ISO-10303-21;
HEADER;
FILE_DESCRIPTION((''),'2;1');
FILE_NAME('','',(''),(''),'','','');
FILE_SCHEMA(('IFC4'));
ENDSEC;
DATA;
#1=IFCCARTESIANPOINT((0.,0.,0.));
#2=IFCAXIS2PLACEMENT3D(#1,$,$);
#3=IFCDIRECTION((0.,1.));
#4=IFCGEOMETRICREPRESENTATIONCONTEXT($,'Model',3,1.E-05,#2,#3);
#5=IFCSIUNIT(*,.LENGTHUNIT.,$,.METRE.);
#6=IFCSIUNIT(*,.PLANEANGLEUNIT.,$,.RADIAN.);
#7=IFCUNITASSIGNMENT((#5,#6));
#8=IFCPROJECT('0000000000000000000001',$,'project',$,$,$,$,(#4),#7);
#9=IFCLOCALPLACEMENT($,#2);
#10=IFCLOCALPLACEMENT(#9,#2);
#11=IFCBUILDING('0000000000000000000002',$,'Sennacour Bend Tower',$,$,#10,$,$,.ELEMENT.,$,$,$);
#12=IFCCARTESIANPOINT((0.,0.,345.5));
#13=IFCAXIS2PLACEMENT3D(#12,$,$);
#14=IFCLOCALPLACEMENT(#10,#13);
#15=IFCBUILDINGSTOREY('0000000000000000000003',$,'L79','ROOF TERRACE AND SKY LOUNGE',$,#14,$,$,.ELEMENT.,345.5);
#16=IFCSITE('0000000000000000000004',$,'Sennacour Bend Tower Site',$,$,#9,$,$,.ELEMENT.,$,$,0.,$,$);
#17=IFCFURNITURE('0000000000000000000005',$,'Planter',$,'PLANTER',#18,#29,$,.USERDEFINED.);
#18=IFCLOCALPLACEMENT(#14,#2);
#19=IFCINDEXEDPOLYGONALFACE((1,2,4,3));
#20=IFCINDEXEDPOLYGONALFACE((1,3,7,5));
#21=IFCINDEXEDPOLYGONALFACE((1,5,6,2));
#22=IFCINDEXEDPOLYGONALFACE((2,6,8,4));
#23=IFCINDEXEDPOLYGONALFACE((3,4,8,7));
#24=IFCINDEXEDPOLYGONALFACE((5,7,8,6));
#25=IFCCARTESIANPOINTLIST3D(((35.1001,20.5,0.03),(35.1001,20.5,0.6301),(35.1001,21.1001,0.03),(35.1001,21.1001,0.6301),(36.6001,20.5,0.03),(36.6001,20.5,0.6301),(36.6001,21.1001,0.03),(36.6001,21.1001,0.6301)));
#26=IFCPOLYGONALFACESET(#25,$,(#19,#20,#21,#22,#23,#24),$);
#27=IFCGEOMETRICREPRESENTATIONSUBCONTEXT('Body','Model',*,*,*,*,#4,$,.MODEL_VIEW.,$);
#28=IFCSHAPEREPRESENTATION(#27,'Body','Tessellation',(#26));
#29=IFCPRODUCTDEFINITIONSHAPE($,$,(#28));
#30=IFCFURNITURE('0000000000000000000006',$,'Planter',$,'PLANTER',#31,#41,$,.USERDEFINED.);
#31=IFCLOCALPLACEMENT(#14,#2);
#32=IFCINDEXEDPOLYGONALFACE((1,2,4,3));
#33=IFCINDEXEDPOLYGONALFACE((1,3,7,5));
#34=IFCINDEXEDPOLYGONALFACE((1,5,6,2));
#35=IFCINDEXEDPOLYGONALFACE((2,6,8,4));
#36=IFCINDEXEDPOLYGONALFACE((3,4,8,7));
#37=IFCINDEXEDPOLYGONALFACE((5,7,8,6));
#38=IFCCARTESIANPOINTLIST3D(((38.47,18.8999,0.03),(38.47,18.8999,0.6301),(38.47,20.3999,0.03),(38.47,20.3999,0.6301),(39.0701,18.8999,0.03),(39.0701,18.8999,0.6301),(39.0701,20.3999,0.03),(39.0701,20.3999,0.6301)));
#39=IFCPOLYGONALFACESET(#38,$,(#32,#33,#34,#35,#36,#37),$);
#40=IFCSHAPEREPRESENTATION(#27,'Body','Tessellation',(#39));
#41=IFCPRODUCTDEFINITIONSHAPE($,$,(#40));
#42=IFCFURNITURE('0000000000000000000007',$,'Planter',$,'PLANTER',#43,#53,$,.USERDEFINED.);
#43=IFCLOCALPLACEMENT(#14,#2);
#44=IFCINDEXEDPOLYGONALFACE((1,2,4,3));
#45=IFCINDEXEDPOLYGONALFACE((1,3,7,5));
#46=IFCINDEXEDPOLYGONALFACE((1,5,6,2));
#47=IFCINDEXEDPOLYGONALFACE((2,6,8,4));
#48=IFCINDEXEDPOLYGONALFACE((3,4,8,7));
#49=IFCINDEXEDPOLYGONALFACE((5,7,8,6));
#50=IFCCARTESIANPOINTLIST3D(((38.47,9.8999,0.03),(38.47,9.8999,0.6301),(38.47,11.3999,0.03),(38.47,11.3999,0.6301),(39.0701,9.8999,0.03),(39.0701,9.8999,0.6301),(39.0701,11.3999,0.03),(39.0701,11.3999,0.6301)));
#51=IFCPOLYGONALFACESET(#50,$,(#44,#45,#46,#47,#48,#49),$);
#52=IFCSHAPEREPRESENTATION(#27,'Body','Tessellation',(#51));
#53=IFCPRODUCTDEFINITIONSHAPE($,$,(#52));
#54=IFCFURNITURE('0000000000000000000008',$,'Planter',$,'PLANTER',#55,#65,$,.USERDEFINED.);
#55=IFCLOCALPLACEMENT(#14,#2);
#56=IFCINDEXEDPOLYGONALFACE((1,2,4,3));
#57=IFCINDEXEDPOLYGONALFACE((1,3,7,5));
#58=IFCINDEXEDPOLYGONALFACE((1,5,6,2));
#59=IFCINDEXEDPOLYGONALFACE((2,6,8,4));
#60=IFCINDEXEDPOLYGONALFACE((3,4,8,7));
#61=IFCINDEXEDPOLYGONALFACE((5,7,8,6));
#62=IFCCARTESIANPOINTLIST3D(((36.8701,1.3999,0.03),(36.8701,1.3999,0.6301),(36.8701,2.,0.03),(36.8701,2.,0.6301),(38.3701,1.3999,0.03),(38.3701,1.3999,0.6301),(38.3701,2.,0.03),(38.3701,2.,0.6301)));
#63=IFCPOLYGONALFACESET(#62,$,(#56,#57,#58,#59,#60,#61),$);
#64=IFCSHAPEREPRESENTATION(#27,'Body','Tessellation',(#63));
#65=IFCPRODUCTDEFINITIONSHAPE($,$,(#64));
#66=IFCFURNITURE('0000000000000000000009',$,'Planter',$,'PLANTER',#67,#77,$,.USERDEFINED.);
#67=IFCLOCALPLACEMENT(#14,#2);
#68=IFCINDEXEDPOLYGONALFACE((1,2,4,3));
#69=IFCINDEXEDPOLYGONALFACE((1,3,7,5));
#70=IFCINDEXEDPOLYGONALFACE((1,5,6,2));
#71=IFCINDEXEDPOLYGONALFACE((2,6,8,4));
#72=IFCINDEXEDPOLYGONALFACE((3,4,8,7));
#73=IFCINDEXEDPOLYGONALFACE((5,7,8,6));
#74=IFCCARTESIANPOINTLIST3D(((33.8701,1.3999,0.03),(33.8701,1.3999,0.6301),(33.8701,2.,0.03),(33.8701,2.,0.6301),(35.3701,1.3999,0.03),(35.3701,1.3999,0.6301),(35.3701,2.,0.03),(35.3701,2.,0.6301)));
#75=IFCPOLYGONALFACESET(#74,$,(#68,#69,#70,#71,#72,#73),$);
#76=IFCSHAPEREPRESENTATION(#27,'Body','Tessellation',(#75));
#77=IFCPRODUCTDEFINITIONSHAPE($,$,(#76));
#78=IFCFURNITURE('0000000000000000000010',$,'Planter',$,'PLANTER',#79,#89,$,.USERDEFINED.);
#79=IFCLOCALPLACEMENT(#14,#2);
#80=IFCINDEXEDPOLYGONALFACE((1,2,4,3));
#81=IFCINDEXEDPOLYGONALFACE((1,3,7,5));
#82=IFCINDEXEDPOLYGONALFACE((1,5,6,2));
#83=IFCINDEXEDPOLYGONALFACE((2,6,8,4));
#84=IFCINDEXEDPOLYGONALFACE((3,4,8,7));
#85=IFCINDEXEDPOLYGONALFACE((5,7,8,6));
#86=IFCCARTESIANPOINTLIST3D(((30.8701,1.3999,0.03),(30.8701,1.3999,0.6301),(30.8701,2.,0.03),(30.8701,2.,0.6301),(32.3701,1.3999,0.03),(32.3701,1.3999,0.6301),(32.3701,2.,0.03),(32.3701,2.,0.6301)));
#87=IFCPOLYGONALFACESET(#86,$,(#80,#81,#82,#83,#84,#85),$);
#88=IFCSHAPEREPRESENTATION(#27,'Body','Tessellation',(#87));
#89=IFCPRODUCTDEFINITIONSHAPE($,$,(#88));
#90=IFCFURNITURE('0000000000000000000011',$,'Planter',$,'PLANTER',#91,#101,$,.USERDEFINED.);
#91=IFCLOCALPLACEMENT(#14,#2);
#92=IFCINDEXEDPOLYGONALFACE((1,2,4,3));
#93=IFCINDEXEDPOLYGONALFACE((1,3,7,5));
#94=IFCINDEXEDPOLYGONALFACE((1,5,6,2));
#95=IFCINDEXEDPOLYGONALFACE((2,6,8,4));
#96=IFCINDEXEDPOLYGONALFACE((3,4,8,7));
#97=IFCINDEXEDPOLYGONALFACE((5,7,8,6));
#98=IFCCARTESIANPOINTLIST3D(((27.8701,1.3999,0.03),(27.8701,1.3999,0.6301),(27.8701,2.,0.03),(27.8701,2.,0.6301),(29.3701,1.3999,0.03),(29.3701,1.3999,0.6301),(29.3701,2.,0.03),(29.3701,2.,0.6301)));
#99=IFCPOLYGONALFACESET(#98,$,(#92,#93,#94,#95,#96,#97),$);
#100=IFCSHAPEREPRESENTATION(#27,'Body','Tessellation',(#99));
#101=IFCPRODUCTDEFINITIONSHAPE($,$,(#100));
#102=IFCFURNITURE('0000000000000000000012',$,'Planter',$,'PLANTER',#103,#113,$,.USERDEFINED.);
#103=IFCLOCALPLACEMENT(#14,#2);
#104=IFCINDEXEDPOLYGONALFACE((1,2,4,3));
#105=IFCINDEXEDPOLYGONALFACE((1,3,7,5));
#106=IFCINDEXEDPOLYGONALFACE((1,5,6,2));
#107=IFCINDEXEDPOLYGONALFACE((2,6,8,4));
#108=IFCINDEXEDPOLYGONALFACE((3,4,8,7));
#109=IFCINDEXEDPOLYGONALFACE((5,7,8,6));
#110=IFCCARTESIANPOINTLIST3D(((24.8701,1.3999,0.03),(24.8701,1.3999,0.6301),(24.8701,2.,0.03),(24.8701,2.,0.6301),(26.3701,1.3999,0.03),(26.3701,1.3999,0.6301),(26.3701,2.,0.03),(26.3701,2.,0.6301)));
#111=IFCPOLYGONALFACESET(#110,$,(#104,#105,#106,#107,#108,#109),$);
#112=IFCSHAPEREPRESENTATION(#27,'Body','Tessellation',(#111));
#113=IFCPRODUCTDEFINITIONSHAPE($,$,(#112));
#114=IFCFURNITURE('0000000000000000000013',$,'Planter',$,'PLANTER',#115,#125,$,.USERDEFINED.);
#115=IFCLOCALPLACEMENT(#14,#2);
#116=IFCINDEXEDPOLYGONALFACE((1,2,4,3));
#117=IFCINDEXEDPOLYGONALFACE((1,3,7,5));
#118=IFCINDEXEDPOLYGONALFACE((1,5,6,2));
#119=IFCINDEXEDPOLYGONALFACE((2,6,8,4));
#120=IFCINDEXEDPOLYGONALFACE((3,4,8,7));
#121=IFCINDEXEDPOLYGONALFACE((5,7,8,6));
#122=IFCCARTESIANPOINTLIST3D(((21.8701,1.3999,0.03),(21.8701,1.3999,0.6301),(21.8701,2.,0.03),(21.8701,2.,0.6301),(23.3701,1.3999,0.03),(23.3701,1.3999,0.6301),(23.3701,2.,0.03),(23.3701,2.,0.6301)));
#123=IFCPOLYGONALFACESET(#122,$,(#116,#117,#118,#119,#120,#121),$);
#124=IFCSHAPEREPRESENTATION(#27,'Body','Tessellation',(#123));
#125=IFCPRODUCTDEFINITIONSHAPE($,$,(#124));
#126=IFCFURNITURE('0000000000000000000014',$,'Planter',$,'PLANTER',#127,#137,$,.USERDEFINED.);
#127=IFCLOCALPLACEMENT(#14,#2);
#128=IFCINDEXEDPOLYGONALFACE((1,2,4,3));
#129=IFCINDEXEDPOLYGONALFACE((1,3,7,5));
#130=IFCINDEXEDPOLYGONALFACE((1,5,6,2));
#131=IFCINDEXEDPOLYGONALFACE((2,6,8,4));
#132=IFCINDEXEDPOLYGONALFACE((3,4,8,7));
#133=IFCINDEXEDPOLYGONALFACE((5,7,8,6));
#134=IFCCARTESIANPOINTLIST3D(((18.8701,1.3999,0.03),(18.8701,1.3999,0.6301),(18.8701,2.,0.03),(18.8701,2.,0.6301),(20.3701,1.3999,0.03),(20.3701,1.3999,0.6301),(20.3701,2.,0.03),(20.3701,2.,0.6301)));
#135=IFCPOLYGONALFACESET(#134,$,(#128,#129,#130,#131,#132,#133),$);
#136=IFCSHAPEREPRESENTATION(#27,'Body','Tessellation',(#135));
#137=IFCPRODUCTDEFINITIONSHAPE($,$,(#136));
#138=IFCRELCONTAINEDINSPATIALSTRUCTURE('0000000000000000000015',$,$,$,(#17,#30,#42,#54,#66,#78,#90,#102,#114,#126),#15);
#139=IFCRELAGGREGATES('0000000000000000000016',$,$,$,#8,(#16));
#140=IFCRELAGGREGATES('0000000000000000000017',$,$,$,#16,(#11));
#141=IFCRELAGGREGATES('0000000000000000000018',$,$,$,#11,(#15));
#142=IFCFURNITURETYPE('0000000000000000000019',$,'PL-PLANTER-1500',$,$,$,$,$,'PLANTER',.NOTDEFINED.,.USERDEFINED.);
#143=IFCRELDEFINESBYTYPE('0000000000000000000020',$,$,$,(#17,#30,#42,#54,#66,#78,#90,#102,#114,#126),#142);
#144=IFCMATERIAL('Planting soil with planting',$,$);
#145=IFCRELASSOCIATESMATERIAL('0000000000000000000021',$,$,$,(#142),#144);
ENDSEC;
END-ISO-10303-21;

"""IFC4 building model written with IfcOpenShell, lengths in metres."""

from ifc_helpers import new_model, si_unit, direction, frame, origin, origin_2d, place, context, subcontext, project, spatial, rectangle, extrude, material, type_object, element, save


model = new_model("IFC4")

# Units and contexts
model_context = context("Model", 3, precision=1e-05, world=origin(), true_north=direction((0.0, 1.0)))
body_context = subcontext(model_context, "Body", "Model", "MODEL_VIEW")
ifc_project = project(units=[si_unit("LENGTHUNIT", "METRE"), si_unit("PLANEANGLEUNIT", "RADIAN")], contexts=[model_context])

# Site, building, storey
site_placement = place(None, origin())
site = spatial("IfcSite", under=ifc_project, at=site_placement, Name="Sennacour Bend Tower Site", CompositionType="ELEMENT", RefElevation=0.0)
building_placement = place(site_placement, origin())
building = spatial("IfcBuilding", under=site, at=building_placement, Name="Sennacour Bend Tower", CompositionType="ELEMENT")
storey_placement = place(building_placement, frame((0.0, 0.0, 345.5)))
storey = spatial("IfcBuildingStorey", under=building, at=storey_placement, Name="L79", Description="ROOF TERRACE AND SKY LOUNGE", CompositionType="ELEMENT", Elevation=345.5)

# Furniture
ifc_material_1 = material(Name="Planting soil with planting")
furniture_type = type_object("IfcFurnitureType", Name="PL-PLANTER-1500", ElementType="PLANTER", AssemblyPlace="NOTDEFINED", PredefinedType="USERDEFINED", material=ifc_material_1)
for number, where, z_axis, x_axis, name in (
    (1, (35.8501, 20.8, 0.03), (0.0, 0.0, 1.0), (1.0, 0.0, 0.0), "Planter"),
    (2, (38.77, 19.6499, 0.03), (0.0, 0.0, 1.0), (0.0, -1.0, 0.0), "Planter"),
    (3, (38.77, 10.6499, 0.03), (0.0, 0.0, 1.0), (0.0, -1.0, 0.0), "Planter"),
    (4, (37.6201, 1.7, 0.03), (0.0, 0.0, 1.0), (-1.0, 0.0, 0.0), "Planter"),
    (5, (34.6201, 1.7, 0.03), (0.0, 0.0, 1.0), (-1.0, 0.0, 0.0), "Planter"),
    (6, (31.6201, 1.7, 0.03), (0.0, 0.0, 1.0), (-1.0, 0.0, 0.0), "Planter"),
    (7, (28.6201, 1.7, 0.03), (0.0, 0.0, 1.0), (-1.0, 0.0, 0.0), "Planter"),
    (8, (25.6201, 1.7, 0.03), (0.0, 0.0, 1.0), (-1.0, 0.0, 0.0), "Planter"),
    (9, (22.6201, 1.7, 0.03), (0.0, 0.0, 1.0), (-1.0, 0.0, 0.0), "Planter"),
    (10, (19.6201, 1.7, 0.03), (0.0, 0.0, 1.0), (-1.0, 0.0, 0.0), "Planter"),
):
    element("IfcFurniture", number, at=place(storey_placement, frame(where, z_axis=z_axis, x_axis=x_axis)), inside=storey, type_object=furniture_type, Name=name, ObjectType="PLANTER", PredefinedType="USERDEFINED", context=body_context, shape_type="SweptSolid", body=[
        extrude(rectangle(XDim=1.5, YDim=0.6001, at=origin_2d()), origin(), (0.0, 0.0, 1.0), 0.6001),
    ])

save(model, "model.ifc")
